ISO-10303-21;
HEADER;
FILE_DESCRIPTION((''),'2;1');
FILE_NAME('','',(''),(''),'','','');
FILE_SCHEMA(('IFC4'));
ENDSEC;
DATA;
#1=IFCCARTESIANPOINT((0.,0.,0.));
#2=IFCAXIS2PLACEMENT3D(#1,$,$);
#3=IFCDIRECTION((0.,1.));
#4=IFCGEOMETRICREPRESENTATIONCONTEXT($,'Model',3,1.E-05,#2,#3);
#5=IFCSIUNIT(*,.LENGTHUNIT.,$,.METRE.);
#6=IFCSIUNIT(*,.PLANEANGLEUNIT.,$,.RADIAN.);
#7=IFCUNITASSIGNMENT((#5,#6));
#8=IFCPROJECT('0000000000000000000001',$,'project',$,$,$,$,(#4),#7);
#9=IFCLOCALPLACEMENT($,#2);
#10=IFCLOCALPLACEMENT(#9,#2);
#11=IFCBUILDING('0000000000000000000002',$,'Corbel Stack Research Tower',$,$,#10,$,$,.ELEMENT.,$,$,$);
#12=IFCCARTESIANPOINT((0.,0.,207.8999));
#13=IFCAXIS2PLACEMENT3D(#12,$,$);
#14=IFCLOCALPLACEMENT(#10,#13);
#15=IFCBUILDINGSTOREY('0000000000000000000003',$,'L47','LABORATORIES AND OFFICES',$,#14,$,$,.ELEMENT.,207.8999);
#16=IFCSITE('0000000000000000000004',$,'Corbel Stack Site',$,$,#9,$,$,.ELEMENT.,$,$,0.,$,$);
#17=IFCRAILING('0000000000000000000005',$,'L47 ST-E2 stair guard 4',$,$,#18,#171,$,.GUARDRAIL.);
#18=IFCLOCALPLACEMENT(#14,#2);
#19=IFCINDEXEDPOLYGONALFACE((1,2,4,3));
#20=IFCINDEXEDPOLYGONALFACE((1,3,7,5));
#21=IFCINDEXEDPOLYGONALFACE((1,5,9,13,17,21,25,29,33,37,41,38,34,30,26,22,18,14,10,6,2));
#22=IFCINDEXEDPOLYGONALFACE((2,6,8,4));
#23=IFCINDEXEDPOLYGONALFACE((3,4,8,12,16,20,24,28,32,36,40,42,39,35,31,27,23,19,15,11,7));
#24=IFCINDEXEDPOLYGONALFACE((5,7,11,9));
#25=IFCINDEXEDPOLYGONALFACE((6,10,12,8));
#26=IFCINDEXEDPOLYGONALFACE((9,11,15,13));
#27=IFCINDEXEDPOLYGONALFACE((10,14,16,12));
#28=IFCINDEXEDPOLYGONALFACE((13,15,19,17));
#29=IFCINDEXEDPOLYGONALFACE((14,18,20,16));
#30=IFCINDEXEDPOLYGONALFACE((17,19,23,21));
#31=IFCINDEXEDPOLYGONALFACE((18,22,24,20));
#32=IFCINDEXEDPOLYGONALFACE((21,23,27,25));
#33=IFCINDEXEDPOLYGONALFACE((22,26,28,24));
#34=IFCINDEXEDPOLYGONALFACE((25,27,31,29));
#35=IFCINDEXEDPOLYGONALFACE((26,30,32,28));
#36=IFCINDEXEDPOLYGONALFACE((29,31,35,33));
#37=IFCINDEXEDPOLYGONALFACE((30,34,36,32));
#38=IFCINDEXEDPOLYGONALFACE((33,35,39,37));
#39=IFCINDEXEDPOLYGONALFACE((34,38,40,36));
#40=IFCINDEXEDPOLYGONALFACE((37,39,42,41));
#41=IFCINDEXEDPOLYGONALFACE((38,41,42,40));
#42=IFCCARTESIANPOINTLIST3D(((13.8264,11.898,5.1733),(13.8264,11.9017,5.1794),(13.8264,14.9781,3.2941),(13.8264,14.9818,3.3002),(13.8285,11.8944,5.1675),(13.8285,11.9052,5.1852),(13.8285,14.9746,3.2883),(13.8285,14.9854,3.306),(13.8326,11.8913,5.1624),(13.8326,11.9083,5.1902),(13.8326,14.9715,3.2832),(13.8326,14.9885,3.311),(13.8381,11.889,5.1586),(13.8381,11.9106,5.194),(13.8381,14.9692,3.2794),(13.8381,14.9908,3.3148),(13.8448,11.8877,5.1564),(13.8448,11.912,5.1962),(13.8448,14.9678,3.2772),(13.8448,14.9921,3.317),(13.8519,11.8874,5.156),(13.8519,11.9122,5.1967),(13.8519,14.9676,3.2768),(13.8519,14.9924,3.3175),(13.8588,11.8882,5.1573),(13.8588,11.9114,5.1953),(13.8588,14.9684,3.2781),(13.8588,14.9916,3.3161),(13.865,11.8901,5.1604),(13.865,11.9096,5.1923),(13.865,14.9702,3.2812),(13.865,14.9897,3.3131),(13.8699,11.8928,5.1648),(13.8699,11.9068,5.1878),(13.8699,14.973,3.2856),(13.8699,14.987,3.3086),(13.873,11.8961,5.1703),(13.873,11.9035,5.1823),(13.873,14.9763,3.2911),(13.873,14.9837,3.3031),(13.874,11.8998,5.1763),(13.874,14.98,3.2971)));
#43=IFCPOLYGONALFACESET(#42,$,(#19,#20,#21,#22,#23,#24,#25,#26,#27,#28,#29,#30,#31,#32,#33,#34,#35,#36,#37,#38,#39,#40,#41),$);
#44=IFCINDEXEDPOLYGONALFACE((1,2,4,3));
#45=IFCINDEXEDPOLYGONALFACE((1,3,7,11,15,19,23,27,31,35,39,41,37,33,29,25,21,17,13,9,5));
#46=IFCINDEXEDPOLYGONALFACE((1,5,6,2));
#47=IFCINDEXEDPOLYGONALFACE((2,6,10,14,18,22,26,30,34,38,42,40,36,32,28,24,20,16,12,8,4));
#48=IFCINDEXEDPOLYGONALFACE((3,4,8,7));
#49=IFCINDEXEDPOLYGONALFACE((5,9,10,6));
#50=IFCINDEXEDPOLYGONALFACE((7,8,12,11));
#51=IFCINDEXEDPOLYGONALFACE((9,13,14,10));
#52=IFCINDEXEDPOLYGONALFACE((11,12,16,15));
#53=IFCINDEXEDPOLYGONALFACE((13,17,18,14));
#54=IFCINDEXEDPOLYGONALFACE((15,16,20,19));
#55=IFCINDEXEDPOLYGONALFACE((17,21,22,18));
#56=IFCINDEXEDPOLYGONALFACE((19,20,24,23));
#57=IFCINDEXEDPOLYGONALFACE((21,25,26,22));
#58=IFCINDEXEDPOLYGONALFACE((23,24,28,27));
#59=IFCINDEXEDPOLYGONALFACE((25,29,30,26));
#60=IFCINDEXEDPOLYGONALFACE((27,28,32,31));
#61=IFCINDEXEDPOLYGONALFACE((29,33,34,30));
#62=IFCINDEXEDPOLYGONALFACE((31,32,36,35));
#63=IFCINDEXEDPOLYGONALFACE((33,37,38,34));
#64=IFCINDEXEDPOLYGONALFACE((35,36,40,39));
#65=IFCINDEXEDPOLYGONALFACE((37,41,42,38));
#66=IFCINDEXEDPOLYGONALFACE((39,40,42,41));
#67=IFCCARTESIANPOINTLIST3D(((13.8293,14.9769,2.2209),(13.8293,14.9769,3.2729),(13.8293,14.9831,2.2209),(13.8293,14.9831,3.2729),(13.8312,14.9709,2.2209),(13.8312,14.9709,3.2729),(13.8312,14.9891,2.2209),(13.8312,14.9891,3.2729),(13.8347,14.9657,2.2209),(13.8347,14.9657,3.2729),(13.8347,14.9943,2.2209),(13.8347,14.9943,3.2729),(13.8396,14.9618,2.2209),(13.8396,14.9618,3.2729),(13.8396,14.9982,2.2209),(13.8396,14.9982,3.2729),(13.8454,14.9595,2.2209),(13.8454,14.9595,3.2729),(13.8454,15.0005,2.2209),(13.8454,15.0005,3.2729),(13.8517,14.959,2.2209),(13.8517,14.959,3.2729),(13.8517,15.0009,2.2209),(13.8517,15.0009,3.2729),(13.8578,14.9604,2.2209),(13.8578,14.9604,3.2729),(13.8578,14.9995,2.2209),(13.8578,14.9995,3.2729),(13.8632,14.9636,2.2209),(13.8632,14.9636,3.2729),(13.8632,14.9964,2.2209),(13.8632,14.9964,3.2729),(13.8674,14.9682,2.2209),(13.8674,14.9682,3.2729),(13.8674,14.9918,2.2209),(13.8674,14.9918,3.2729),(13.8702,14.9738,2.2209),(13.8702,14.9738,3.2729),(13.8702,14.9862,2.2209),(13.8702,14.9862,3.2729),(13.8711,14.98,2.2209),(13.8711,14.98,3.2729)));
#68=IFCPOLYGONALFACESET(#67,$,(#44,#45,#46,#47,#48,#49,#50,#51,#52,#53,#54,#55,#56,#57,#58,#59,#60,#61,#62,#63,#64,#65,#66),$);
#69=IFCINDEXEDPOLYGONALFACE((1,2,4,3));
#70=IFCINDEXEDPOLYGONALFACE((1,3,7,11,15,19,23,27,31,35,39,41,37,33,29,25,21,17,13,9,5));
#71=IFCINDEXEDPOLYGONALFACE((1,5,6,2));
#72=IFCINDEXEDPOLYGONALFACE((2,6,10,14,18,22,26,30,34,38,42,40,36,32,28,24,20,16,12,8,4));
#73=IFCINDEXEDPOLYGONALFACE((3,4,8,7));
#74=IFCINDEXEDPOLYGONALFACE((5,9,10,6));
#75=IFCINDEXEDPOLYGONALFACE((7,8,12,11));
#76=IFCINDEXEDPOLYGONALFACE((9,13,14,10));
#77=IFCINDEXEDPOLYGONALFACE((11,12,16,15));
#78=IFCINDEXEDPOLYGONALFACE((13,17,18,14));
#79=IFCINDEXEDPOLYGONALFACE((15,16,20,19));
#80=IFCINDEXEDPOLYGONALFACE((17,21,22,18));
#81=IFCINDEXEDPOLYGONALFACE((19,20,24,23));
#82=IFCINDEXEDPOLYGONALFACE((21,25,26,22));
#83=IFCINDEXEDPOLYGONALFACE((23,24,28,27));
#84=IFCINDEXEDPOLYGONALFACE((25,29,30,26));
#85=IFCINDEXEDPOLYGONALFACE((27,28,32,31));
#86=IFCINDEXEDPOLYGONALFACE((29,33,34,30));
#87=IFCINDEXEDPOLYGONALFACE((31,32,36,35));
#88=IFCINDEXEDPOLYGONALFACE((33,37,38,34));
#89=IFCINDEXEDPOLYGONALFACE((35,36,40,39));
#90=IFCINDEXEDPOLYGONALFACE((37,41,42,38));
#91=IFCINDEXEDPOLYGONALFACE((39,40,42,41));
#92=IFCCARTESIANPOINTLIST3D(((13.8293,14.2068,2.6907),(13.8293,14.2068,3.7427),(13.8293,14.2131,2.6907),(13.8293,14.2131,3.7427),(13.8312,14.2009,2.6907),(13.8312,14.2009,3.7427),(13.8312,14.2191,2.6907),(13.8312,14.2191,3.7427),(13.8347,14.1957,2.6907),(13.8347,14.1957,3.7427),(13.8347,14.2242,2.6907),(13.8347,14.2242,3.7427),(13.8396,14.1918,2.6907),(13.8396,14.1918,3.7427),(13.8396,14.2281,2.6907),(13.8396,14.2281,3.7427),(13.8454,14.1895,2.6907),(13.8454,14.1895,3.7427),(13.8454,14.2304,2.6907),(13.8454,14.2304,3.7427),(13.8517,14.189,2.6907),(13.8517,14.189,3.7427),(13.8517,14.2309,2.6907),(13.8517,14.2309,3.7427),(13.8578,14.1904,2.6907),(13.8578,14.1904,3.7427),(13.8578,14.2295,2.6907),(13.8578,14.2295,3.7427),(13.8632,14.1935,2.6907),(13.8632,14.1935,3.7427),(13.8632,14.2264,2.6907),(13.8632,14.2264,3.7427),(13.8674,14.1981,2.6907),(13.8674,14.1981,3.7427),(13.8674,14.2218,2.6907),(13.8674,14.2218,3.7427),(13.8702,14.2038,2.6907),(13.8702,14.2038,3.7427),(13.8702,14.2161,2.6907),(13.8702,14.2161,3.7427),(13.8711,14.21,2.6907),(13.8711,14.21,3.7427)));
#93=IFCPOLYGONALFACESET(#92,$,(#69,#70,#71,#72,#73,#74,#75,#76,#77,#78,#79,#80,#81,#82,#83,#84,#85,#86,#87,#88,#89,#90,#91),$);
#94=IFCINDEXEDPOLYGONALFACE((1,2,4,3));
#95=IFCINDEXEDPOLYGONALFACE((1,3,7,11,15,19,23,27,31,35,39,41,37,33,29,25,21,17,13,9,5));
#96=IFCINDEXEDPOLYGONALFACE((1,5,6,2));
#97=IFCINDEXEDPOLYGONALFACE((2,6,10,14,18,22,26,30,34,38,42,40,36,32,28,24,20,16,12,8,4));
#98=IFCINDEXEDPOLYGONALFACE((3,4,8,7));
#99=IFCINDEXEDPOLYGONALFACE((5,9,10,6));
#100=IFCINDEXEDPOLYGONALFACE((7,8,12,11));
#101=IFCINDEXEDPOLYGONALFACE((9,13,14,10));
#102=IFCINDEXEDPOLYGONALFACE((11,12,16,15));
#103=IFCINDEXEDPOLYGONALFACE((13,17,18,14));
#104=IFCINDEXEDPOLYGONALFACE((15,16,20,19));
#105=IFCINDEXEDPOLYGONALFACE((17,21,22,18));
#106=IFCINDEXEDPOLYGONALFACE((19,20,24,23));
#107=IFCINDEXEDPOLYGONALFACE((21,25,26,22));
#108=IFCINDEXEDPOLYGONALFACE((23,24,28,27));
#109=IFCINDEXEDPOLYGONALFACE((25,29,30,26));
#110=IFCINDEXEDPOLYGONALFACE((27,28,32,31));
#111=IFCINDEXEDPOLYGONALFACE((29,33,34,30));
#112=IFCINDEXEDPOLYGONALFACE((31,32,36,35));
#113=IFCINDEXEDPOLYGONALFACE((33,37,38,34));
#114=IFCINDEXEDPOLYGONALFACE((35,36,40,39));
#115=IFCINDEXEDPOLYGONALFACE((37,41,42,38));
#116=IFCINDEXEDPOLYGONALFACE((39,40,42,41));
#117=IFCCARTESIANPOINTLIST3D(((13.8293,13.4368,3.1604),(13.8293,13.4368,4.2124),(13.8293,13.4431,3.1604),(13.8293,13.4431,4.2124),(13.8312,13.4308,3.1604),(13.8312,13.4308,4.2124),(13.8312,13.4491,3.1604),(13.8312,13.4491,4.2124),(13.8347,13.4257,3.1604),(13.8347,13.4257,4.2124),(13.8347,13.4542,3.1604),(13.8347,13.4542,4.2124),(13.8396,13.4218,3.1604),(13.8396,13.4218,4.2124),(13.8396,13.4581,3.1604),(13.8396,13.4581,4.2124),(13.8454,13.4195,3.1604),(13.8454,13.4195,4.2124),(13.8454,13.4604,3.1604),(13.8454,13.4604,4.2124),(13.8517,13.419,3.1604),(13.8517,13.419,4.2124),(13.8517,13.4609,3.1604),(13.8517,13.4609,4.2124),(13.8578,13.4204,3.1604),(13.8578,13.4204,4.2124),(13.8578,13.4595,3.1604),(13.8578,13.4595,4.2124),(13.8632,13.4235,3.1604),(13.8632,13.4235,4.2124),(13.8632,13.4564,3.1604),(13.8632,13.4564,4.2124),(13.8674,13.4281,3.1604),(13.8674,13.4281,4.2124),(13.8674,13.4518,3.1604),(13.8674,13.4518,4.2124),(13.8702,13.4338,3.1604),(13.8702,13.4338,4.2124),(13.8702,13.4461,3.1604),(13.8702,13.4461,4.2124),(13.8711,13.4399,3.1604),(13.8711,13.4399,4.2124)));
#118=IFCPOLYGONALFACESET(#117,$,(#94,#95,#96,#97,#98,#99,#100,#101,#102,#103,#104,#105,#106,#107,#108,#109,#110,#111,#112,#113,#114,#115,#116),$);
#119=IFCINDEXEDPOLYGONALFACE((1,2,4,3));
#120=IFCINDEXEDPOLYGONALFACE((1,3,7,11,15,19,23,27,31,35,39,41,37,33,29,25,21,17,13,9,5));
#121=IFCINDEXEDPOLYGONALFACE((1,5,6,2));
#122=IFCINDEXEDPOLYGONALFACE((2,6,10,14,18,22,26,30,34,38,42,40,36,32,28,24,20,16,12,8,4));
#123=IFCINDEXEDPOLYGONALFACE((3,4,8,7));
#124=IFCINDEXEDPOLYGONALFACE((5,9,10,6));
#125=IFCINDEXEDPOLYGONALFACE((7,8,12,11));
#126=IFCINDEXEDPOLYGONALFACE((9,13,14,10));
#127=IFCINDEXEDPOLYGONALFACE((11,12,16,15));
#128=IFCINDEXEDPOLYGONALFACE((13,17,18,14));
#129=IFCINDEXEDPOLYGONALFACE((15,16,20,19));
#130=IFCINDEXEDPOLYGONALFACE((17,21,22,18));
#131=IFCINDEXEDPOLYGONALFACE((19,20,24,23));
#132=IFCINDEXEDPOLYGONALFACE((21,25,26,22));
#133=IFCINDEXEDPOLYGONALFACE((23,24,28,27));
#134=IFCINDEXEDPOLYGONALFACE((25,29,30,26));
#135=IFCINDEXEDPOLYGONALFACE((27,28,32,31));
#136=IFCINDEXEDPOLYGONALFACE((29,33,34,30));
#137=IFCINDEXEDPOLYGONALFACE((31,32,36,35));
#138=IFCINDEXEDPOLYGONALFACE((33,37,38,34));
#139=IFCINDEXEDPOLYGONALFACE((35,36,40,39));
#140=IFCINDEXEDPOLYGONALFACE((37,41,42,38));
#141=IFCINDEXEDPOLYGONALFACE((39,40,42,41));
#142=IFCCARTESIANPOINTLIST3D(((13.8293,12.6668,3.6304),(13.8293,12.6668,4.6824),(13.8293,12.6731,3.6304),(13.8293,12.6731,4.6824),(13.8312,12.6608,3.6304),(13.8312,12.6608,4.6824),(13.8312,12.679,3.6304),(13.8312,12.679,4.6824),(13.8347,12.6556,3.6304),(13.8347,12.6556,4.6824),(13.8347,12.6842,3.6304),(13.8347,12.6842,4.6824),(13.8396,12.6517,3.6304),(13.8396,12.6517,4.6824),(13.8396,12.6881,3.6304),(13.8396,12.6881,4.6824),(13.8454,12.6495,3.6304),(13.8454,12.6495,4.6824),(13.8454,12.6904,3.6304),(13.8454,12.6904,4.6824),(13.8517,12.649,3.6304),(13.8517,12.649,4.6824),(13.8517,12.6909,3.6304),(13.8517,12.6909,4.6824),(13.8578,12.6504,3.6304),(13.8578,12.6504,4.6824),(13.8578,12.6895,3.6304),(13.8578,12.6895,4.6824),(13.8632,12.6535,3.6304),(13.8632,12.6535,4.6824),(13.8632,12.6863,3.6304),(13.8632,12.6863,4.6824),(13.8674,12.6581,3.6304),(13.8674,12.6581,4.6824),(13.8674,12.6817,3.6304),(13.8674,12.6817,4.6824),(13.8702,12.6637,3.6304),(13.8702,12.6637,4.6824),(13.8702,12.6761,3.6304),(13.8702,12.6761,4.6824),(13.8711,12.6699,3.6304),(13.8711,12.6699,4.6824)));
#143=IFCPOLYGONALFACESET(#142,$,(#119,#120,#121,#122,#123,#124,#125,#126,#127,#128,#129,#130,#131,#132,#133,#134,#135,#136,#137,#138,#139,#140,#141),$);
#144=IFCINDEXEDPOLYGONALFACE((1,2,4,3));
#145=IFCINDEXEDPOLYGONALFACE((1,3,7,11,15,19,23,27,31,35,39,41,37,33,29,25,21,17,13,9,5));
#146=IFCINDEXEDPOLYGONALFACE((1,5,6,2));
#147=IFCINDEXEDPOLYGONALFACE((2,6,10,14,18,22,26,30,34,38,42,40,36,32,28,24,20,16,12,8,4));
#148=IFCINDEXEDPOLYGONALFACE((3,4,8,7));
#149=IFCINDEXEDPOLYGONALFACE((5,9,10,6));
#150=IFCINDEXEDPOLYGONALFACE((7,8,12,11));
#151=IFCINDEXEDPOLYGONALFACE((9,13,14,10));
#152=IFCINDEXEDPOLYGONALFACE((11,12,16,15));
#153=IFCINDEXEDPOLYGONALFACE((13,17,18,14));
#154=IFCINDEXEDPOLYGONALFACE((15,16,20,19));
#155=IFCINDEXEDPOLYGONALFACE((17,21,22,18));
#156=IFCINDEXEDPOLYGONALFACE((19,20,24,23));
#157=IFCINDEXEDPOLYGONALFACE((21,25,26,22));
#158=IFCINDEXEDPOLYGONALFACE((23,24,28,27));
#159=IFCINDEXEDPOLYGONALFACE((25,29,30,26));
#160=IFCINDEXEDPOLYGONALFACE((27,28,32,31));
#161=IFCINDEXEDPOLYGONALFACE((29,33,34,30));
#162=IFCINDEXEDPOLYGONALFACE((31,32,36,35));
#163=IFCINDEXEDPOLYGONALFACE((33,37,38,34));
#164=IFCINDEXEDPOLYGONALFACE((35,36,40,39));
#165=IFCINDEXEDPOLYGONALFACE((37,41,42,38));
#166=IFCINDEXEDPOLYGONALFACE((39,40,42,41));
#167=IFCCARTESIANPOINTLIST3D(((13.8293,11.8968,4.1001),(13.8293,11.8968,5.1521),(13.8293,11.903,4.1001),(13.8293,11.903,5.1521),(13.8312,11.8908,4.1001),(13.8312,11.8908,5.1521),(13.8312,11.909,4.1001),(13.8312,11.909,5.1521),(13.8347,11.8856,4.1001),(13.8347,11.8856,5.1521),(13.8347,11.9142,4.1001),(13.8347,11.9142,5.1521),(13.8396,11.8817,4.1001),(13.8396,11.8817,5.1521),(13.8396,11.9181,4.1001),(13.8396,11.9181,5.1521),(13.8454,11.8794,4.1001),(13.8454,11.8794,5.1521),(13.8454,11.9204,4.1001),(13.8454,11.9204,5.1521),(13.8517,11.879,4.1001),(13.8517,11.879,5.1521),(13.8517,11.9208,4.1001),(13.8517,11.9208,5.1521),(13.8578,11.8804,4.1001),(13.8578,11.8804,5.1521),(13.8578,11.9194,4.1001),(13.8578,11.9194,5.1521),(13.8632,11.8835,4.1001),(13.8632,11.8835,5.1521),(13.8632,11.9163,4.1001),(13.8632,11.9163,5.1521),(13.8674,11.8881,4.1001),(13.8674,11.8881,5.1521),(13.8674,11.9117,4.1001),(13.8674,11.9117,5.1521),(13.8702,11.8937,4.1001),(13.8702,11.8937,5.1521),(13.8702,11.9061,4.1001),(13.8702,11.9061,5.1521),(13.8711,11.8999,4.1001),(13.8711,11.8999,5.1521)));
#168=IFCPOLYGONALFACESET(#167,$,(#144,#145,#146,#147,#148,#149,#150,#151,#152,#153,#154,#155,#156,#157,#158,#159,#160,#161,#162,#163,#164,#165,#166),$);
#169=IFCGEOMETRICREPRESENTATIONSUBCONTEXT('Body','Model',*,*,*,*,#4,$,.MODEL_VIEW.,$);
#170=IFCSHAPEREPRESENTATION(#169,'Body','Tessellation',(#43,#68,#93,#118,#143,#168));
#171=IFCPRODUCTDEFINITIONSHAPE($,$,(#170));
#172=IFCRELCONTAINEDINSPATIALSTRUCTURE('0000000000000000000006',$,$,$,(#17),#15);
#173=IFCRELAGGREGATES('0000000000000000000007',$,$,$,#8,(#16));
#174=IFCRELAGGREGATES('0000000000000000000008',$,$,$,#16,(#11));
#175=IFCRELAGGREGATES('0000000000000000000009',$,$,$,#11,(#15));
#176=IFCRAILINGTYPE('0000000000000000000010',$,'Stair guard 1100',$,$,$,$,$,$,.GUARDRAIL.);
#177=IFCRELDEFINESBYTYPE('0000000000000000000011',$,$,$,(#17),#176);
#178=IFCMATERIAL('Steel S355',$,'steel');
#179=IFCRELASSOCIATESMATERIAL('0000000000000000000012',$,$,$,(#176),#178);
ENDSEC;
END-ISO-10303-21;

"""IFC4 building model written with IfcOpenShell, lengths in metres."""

from ifc_helpers import new_model, si_unit, direction, frame, origin, origin_2d, place, context, subcontext, project, spatial, circle, extrude, material, type_object, element, save


model = new_model("IFC4")

# Units and contexts
model_context = context("Model", 3, precision=1e-05, world=origin(), true_north=direction((0.0, 1.0)))
body_context = subcontext(model_context, "Body", "Model", "MODEL_VIEW")
ifc_project = project(units=[si_unit("LENGTHUNIT", "METRE"), si_unit("PLANEANGLEUNIT", "RADIAN")], contexts=[model_context])

# Site, building, storey
site_placement = place(None, origin())
site = spatial("IfcSite", under=ifc_project, at=site_placement, Name="Corbel Stack Site", CompositionType="ELEMENT", RefElevation=0.0)
building_placement = place(site_placement, origin())
building = spatial("IfcBuilding", under=site, at=building_placement, Name="Corbel Stack Research Tower", CompositionType="ELEMENT")
storey_placement = place(building_placement, frame((0.0, 0.0, 207.8999)))
storey = spatial("IfcBuildingStorey", under=building, at=storey_placement, Name="L47", Description="LABORATORIES AND OFFICES", CompositionType="ELEMENT", Elevation=207.8999)

# Railing
ifc_material_1 = material(Name="Steel S355", Category="steel")
railing_type_1 = type_object("IfcRailingType", Name="Stair guard 1100", PredefinedType="GUARDRAIL", material=ifc_material_1)
railing_1_placement = place(storey_placement, frame((13.8501, 14.98, 2.2209)))
element("IfcRailing", 1, at=railing_1_placement, inside=storey, type_object=railing_type_1, Name="L47 ST-E2 stair guard 4", PredefinedType="GUARDRAIL", context=body_context, shape_type="SweptSolid", body=[
    extrude(circle(Radius=0.0239, at=origin_2d()), frame((0.0, 0.0, 1.0762), z_axis=(0.0, -0.853666, 0.52082), x_axis=(1.0, 0.0, 0.0)), (0.0, 0.0, 1.0), 3.6082),
    extrude(circle(Radius=0.021, at=origin_2d()), origin(), (0.0, 0.0, 1.0), 1.052),
    extrude(circle(Radius=0.021, at=origin_2d()), frame((0.0, -0.77, 0.4697)), (0.0, 0.0, 1.0), 1.052),
    extrude(circle(Radius=0.021, at=origin_2d()), frame((0.0, -1.54, 0.9395)), (0.0, 0.0, 1.0), 1.052),
    extrude(circle(Radius=0.021, at=origin_2d()), frame((0.0, -2.3101, 1.4094)), (0.0, 0.0, 1.0), 1.052),
    extrude(circle(Radius=0.021, at=origin_2d()), frame((0.0, -3.0801, 1.8792)), (0.0, 0.0, 1.0), 1.052),
])

save(model, "model.ifc")
